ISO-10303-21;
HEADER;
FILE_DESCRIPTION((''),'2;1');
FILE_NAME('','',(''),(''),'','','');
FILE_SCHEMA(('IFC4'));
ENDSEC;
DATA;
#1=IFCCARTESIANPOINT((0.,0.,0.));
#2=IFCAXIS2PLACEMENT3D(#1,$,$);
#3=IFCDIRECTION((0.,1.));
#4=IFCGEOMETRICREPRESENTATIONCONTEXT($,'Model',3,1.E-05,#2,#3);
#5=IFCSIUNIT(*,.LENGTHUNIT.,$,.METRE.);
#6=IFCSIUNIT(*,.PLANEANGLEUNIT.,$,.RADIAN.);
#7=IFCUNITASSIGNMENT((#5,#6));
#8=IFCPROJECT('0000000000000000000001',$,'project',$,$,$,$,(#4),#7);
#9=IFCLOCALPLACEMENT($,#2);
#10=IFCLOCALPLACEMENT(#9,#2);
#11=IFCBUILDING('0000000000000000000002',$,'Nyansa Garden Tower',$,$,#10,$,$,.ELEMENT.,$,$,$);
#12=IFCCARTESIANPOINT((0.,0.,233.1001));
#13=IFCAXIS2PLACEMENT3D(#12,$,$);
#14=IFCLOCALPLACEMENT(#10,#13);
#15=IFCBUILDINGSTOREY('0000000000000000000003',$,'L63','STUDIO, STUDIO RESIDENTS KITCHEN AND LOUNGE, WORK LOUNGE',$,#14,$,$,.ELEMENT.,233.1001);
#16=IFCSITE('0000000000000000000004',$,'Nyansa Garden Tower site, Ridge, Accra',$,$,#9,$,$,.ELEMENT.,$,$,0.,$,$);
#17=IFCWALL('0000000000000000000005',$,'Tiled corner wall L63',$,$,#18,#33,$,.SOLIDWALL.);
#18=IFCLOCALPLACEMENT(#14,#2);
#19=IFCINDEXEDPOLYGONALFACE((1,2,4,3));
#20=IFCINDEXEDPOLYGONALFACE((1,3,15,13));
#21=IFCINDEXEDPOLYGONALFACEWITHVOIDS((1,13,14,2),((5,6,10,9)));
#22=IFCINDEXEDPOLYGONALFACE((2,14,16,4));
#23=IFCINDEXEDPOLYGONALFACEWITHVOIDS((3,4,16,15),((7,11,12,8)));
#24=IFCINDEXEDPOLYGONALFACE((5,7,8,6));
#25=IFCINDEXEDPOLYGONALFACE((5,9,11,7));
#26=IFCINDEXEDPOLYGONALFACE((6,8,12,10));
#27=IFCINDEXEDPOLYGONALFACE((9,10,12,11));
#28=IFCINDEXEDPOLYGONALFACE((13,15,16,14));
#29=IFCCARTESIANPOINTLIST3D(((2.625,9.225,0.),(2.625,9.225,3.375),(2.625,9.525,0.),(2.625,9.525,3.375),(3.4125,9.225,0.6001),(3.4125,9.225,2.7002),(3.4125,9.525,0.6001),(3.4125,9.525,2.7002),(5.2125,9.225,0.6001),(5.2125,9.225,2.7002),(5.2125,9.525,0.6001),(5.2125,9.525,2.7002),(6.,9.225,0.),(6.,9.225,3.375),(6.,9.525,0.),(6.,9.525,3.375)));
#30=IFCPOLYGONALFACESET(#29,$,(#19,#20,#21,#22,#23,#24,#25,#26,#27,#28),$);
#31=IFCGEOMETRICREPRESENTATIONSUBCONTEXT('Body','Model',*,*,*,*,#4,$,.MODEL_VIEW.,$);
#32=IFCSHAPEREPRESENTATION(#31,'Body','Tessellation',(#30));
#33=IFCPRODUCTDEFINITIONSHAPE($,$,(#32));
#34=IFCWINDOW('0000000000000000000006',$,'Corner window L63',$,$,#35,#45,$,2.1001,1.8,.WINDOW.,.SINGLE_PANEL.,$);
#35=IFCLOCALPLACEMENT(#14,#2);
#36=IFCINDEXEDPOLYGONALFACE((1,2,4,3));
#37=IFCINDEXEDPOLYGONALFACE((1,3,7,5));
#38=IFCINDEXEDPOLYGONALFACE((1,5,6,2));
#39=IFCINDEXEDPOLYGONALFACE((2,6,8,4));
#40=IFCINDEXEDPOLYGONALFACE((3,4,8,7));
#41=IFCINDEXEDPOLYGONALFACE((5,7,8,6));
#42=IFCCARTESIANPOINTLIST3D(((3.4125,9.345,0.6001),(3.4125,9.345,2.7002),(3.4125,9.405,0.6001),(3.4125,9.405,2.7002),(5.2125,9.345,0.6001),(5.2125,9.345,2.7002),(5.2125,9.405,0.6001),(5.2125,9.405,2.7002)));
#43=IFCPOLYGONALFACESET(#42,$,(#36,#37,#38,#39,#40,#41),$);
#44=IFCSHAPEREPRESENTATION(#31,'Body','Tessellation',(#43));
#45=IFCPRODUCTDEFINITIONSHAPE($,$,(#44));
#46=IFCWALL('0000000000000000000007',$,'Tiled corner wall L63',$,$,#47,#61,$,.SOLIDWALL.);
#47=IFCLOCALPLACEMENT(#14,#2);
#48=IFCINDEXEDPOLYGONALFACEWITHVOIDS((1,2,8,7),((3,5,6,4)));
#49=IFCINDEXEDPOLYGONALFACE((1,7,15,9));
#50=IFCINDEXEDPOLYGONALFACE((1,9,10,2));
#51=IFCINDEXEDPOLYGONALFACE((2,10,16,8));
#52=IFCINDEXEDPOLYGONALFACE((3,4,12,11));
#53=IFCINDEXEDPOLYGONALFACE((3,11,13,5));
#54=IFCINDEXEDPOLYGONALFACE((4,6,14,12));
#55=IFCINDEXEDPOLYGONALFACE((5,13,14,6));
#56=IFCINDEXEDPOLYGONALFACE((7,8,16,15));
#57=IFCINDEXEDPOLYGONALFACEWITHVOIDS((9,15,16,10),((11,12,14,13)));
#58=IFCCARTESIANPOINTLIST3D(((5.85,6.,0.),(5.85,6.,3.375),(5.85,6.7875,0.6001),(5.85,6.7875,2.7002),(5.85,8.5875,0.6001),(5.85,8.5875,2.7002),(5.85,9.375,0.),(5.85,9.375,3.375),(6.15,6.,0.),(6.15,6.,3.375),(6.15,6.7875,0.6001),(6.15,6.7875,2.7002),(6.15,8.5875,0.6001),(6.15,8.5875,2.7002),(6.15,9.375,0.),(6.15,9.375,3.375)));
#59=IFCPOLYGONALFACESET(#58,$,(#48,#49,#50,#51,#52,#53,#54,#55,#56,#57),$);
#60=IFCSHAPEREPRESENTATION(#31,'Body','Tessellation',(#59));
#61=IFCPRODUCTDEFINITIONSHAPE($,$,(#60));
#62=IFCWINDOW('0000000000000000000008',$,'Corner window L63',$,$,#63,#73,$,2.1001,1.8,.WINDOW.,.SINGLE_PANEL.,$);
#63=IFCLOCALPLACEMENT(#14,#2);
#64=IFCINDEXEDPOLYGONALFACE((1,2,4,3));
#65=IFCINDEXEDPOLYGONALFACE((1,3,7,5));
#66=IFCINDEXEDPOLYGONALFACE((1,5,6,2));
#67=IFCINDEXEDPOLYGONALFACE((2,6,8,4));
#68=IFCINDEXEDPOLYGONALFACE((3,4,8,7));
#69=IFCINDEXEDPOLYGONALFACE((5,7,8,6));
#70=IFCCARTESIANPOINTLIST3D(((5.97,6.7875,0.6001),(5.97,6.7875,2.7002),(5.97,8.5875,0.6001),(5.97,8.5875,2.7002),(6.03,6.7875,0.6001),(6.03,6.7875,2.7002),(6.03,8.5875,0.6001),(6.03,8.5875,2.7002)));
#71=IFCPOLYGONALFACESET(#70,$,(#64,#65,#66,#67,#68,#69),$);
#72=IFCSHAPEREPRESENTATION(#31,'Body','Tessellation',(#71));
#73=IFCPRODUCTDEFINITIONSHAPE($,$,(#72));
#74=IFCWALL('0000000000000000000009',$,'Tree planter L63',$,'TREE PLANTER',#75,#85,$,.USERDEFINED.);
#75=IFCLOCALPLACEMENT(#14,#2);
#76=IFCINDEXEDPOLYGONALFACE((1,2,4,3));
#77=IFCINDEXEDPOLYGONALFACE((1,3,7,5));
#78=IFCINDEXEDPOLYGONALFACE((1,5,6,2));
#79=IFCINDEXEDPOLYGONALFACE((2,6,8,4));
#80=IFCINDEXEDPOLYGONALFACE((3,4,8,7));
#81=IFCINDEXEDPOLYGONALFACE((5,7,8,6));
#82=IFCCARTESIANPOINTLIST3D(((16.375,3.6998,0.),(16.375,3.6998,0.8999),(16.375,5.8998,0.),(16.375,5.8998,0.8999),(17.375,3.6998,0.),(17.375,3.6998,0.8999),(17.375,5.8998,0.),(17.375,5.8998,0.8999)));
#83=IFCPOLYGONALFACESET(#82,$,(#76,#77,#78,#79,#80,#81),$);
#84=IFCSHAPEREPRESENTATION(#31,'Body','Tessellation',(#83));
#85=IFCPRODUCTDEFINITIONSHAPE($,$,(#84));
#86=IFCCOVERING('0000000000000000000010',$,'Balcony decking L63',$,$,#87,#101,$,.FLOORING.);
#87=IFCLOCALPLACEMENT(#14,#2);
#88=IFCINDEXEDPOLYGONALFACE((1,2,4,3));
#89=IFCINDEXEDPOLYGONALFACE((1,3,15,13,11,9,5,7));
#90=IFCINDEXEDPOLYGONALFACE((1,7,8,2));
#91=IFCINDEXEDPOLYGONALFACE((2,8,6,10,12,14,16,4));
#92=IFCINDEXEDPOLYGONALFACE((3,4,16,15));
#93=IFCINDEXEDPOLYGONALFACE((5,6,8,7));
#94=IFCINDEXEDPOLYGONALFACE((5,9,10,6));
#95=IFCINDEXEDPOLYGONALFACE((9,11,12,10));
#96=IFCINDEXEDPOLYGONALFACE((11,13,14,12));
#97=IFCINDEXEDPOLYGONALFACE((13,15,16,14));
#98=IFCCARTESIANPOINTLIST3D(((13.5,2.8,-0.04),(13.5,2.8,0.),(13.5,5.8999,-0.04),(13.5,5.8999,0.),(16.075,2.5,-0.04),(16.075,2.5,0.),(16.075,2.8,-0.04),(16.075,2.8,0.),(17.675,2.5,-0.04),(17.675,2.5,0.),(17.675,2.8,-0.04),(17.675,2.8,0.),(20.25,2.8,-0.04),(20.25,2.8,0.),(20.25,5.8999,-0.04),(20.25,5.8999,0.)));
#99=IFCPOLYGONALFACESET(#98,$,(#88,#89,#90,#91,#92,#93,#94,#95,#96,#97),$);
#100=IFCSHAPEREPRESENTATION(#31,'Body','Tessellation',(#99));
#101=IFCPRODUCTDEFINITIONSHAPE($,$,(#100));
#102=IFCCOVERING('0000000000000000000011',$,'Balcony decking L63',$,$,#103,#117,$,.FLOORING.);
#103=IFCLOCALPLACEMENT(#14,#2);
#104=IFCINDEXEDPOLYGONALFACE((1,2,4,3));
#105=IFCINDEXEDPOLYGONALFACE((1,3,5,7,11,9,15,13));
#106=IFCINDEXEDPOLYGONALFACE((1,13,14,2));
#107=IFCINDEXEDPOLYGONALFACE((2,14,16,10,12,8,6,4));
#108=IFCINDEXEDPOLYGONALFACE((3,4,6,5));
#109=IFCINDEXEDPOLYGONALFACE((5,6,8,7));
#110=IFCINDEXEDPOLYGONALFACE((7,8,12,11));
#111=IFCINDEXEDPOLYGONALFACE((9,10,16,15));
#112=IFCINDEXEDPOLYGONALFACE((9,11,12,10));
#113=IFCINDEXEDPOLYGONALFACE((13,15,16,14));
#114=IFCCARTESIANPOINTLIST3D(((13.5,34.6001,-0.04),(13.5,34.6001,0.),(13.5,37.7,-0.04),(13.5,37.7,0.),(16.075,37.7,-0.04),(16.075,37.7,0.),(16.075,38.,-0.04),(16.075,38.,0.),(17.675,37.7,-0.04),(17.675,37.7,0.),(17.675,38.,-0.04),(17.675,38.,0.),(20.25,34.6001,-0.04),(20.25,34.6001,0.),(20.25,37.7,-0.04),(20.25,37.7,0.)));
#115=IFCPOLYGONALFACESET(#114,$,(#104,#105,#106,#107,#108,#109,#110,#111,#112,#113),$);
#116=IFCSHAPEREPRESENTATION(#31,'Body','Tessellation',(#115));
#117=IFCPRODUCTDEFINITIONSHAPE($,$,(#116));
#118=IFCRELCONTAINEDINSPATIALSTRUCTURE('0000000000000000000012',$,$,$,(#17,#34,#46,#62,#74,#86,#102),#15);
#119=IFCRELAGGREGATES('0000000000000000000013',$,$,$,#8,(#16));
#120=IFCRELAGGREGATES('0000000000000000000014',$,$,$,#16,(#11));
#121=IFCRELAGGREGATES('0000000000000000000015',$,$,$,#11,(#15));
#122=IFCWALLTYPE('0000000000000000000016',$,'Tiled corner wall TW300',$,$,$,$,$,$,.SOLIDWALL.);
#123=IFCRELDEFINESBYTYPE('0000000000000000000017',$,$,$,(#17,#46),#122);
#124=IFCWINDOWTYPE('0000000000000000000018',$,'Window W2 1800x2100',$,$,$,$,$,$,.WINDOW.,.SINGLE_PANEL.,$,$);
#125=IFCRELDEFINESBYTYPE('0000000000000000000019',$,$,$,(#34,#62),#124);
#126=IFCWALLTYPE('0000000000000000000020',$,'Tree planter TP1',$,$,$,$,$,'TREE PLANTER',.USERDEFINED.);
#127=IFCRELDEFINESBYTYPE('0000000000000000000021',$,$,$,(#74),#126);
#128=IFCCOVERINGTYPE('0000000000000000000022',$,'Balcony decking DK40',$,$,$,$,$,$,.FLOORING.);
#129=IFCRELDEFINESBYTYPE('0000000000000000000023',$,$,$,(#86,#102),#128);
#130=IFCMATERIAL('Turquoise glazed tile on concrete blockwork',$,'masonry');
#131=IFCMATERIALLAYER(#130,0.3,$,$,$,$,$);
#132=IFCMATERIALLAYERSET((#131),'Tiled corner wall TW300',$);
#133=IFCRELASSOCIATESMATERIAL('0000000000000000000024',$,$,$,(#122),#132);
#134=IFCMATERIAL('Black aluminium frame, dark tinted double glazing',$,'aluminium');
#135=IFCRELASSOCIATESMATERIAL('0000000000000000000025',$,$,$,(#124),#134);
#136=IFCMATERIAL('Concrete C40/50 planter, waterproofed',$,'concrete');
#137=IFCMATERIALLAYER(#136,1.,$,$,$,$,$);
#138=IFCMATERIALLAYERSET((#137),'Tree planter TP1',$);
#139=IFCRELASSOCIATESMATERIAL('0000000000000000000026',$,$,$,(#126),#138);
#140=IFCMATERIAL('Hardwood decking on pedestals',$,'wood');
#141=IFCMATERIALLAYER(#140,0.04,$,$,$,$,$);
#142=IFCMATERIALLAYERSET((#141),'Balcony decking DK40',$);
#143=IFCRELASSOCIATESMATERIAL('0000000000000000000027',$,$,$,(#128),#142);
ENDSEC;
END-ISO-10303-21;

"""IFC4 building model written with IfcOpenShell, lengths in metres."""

from ifc_helpers import new_model, si_unit, direction, frame, frame_2d, origin, place, context, subcontext, project, spatial, polyline, rectangle, outline, extrude, material, layer, layer_set, type_object, element, fill, save


model = new_model("IFC4")

# Units and contexts
model_context = context("Model", 3, precision=1e-05, world=origin(), true_north=direction((0.0, 1.0)))
body_context = subcontext(model_context, "Body", "Model", "MODEL_VIEW")
ifc_project = project(units=[si_unit("LENGTHUNIT", "METRE"), si_unit("PLANEANGLEUNIT", "RADIAN")], contexts=[model_context])

# Site, building, storey
site_placement = place(None, origin())
site = spatial("IfcSite", under=ifc_project, at=site_placement, Name="Nyansa Garden Tower site, Ridge, Accra", CompositionType="ELEMENT", RefElevation=0.0)
building_placement = place(site_placement, origin())
building = spatial("IfcBuilding", under=site, at=building_placement, Name="Nyansa Garden Tower", CompositionType="ELEMENT")
storey_placement = place(building_placement, frame((0.0, 0.0, 233.1001)))
storey = spatial("IfcBuildingStorey", under=building, at=storey_placement, Name="L63", Description="STUDIO, STUDIO RESIDENTS KITCHEN AND LOUNGE, WORK LOUNGE", CompositionType="ELEMENT", Elevation=233.1001)

# Walls, openings, windows
ifc_material_1 = material(Name="Turquoise glazed tile on concrete blockwork", Category="masonry")
ifc_layer_1 = layer(ifc_material_1, 0.3)
ifc_layer_set_1 = layer_set([ifc_layer_1], Name="Tiled corner wall TW300")
wall_type_1 = type_object("IfcWallType", Name="Tiled corner wall TW300", PredefinedType="SOLIDWALL", material=ifc_layer_set_1)
wall_1_placement = place(storey_placement, frame((2.625, 9.375, 0.0), z_axis=(0.0, 0.0, 1.0), x_axis=(1.0, 0.0, 0.0)))
wall_1 = element("IfcWall", 1, at=wall_1_placement, inside=storey, type_object=wall_type_1, Name="Tiled corner wall L63", PredefinedType="SOLIDWALL", context=body_context, shape_type="SweptSolid", body=[
    extrude(rectangle(XDim=3.375, YDim=0.3, at=frame_2d((1.6875, 0.0))), origin(), (0.0, 0.0, 1.0), 3.375),
])
opening_1_placement = place(wall_1_placement, frame((0.7876, 0.0, 0.6001)))
opening_1 = element("IfcOpeningElement", 2, at=opening_1_placement, cuts=wall_1, PredefinedType="OPENING", context=body_context, shape_type="SweptSolid", body=[
    extrude(rectangle(XDim=1.8, YDim=2.1001, at=frame_2d((0.8999, 1.05))), frame((0.0, 0.1599, 0.0), z_axis=(0.0, -1.0, 0.0), x_axis=(1.0, 0.0, 0.0)), (0.0, 0.0, 1.0), 0.3201),
])
ifc_material_2 = material(Name="Black aluminium frame, dark tinted double glazing", Category="aluminium")
window_type = type_object("IfcWindowType", Name="Window W2 1800x2100", PartitioningType="SINGLE_PANEL", PredefinedType="WINDOW", material=ifc_material_2)
window_1_placement = place(opening_1_placement, origin())
window_1 = element("IfcWindow", 3, at=window_1_placement, inside=storey, type_object=window_type, Name="Corner window L63", OverallHeight=2.1001, OverallWidth=1.8, PartitioningType="SINGLE_PANEL", PredefinedType="WINDOW", context=body_context, shape_type="SweptSolid", body=[
    extrude(rectangle(XDim=1.8, YDim=2.1001, at=frame_2d((0.8999, 1.05))), frame((0.0, 0.03, 0.0), z_axis=(0.0, -1.0, 0.0), x_axis=(1.0, 0.0, 0.0)), (0.0, 0.0, 1.0), 0.0601),
])
fill(opening_1, window_1)
wall_2_placement = place(storey_placement, frame((6.0, 9.375, 0.0), z_axis=(0.0, 0.0, 1.0), x_axis=(0.0, -1.0, 0.0)))
wall_2 = element("IfcWall", 4, at=wall_2_placement, inside=storey, type_object=wall_type_1, Name="Tiled corner wall L63", PredefinedType="SOLIDWALL", context=body_context, shape_type="SweptSolid", body=[
    extrude(rectangle(XDim=3.375, YDim=0.3, at=frame_2d((1.6875, 0.0))), origin(), (0.0, 0.0, 1.0), 3.375),
])
opening_2_placement = place(wall_2_placement, frame((0.7876, 0.0, 0.6001)))
opening_2 = element("IfcOpeningElement", 5, at=opening_2_placement, cuts=wall_2, PredefinedType="OPENING", context=body_context, shape_type="SweptSolid", body=[
    extrude(rectangle(XDim=1.8, YDim=2.1001, at=frame_2d((0.8999, 1.05))), frame((0.0, 0.1599, 0.0), z_axis=(0.0, -1.0, 0.0), x_axis=(1.0, 0.0, 0.0)), (0.0, 0.0, 1.0), 0.3201),
])
window_2_placement = place(opening_2_placement, origin())
window_2 = element("IfcWindow", 6, at=window_2_placement, inside=storey, type_object=window_type, Name="Corner window L63", OverallHeight=2.1001, OverallWidth=1.8, PartitioningType="SINGLE_PANEL", PredefinedType="WINDOW", context=body_context, shape_type="SweptSolid", body=[
    extrude(rectangle(XDim=1.8, YDim=2.1001, at=frame_2d((0.8999, 1.05))), frame((0.0, 0.03, 0.0), z_axis=(0.0, -1.0, 0.0), x_axis=(1.0, 0.0, 0.0)), (0.0, 0.0, 1.0), 0.0601),
])
fill(opening_2, window_2)

# Wall
ifc_material_3 = material(Name="Concrete C40/50 planter, waterproofed", Category="concrete")
ifc_layer_2 = layer(ifc_material_3, 1.0)
ifc_layer_set_2 = layer_set([ifc_layer_2], Name="Tree planter TP1")
wall_type_2 = type_object("IfcWallType", Name="Tree planter TP1", ElementType="TREE PLANTER", PredefinedType="USERDEFINED", material=ifc_layer_set_2)
wall_3_placement = place(storey_placement, frame((16.875, 5.8999, 0.0), z_axis=(0.0, 0.0, 1.0), x_axis=(0.0, -1.0, 0.0)))
element("IfcWall", 7, at=wall_3_placement, inside=storey, type_object=wall_type_2, Name="Tree planter L63", ObjectType="TREE PLANTER", PredefinedType="USERDEFINED", context=body_context, shape_type="SweptSolid", body=[
    extrude(rectangle(XDim=2.2, YDim=1.0, at=frame_2d((1.1001, 0.0))), origin(), (0.0, 0.0, 1.0), 0.8999),
])

# Coverings
ifc_material_4 = material(Name="Hardwood decking on pedestals", Category="wood")
ifc_layer_3 = layer(ifc_material_4, 0.04)
ifc_layer_set_3 = layer_set([ifc_layer_3], Name="Balcony decking DK40")
covering_type = type_object("IfcCoveringType", Name="Balcony decking DK40", PredefinedType="FLOORING", material=ifc_layer_set_3)
covering_1_placement = place(storey_placement, frame((0.0, 0.0, -0.04)))
element("IfcCovering", 8, at=covering_1_placement, inside=storey, type_object=covering_type, Name="Balcony decking L63", PredefinedType="FLOORING", context=body_context, shape_type="SweptSolid", body=[
    extrude(outline(polyline([(13.5, 5.8999), (20.25, 5.8999), (20.25, 2.8), (17.675, 2.8), (17.675, 2.5), (16.075, 2.5), (16.075, 2.8), (13.5, 2.8), (13.5, 5.8999)])), origin(), (0.0, 0.0, 1.0), 0.04),
])
covering_2_placement = place(storey_placement, frame((0.0, 0.0, -0.04)))
element("IfcCovering", 9, at=covering_2_placement, inside=storey, type_object=covering_type, Name="Balcony decking L63", PredefinedType="FLOORING", context=body_context, shape_type="SweptSolid", body=[
    extrude(outline(polyline([(13.5, 34.6001), (20.25, 34.6001), (20.25, 37.7), (17.675, 37.7), (17.675, 38.0), (16.075, 38.0), (16.075, 37.7), (13.5, 37.7), (13.5, 34.6001)])), origin(), (0.0, 0.0, 1.0), 0.04),
])

save(model, "model.ifc")
